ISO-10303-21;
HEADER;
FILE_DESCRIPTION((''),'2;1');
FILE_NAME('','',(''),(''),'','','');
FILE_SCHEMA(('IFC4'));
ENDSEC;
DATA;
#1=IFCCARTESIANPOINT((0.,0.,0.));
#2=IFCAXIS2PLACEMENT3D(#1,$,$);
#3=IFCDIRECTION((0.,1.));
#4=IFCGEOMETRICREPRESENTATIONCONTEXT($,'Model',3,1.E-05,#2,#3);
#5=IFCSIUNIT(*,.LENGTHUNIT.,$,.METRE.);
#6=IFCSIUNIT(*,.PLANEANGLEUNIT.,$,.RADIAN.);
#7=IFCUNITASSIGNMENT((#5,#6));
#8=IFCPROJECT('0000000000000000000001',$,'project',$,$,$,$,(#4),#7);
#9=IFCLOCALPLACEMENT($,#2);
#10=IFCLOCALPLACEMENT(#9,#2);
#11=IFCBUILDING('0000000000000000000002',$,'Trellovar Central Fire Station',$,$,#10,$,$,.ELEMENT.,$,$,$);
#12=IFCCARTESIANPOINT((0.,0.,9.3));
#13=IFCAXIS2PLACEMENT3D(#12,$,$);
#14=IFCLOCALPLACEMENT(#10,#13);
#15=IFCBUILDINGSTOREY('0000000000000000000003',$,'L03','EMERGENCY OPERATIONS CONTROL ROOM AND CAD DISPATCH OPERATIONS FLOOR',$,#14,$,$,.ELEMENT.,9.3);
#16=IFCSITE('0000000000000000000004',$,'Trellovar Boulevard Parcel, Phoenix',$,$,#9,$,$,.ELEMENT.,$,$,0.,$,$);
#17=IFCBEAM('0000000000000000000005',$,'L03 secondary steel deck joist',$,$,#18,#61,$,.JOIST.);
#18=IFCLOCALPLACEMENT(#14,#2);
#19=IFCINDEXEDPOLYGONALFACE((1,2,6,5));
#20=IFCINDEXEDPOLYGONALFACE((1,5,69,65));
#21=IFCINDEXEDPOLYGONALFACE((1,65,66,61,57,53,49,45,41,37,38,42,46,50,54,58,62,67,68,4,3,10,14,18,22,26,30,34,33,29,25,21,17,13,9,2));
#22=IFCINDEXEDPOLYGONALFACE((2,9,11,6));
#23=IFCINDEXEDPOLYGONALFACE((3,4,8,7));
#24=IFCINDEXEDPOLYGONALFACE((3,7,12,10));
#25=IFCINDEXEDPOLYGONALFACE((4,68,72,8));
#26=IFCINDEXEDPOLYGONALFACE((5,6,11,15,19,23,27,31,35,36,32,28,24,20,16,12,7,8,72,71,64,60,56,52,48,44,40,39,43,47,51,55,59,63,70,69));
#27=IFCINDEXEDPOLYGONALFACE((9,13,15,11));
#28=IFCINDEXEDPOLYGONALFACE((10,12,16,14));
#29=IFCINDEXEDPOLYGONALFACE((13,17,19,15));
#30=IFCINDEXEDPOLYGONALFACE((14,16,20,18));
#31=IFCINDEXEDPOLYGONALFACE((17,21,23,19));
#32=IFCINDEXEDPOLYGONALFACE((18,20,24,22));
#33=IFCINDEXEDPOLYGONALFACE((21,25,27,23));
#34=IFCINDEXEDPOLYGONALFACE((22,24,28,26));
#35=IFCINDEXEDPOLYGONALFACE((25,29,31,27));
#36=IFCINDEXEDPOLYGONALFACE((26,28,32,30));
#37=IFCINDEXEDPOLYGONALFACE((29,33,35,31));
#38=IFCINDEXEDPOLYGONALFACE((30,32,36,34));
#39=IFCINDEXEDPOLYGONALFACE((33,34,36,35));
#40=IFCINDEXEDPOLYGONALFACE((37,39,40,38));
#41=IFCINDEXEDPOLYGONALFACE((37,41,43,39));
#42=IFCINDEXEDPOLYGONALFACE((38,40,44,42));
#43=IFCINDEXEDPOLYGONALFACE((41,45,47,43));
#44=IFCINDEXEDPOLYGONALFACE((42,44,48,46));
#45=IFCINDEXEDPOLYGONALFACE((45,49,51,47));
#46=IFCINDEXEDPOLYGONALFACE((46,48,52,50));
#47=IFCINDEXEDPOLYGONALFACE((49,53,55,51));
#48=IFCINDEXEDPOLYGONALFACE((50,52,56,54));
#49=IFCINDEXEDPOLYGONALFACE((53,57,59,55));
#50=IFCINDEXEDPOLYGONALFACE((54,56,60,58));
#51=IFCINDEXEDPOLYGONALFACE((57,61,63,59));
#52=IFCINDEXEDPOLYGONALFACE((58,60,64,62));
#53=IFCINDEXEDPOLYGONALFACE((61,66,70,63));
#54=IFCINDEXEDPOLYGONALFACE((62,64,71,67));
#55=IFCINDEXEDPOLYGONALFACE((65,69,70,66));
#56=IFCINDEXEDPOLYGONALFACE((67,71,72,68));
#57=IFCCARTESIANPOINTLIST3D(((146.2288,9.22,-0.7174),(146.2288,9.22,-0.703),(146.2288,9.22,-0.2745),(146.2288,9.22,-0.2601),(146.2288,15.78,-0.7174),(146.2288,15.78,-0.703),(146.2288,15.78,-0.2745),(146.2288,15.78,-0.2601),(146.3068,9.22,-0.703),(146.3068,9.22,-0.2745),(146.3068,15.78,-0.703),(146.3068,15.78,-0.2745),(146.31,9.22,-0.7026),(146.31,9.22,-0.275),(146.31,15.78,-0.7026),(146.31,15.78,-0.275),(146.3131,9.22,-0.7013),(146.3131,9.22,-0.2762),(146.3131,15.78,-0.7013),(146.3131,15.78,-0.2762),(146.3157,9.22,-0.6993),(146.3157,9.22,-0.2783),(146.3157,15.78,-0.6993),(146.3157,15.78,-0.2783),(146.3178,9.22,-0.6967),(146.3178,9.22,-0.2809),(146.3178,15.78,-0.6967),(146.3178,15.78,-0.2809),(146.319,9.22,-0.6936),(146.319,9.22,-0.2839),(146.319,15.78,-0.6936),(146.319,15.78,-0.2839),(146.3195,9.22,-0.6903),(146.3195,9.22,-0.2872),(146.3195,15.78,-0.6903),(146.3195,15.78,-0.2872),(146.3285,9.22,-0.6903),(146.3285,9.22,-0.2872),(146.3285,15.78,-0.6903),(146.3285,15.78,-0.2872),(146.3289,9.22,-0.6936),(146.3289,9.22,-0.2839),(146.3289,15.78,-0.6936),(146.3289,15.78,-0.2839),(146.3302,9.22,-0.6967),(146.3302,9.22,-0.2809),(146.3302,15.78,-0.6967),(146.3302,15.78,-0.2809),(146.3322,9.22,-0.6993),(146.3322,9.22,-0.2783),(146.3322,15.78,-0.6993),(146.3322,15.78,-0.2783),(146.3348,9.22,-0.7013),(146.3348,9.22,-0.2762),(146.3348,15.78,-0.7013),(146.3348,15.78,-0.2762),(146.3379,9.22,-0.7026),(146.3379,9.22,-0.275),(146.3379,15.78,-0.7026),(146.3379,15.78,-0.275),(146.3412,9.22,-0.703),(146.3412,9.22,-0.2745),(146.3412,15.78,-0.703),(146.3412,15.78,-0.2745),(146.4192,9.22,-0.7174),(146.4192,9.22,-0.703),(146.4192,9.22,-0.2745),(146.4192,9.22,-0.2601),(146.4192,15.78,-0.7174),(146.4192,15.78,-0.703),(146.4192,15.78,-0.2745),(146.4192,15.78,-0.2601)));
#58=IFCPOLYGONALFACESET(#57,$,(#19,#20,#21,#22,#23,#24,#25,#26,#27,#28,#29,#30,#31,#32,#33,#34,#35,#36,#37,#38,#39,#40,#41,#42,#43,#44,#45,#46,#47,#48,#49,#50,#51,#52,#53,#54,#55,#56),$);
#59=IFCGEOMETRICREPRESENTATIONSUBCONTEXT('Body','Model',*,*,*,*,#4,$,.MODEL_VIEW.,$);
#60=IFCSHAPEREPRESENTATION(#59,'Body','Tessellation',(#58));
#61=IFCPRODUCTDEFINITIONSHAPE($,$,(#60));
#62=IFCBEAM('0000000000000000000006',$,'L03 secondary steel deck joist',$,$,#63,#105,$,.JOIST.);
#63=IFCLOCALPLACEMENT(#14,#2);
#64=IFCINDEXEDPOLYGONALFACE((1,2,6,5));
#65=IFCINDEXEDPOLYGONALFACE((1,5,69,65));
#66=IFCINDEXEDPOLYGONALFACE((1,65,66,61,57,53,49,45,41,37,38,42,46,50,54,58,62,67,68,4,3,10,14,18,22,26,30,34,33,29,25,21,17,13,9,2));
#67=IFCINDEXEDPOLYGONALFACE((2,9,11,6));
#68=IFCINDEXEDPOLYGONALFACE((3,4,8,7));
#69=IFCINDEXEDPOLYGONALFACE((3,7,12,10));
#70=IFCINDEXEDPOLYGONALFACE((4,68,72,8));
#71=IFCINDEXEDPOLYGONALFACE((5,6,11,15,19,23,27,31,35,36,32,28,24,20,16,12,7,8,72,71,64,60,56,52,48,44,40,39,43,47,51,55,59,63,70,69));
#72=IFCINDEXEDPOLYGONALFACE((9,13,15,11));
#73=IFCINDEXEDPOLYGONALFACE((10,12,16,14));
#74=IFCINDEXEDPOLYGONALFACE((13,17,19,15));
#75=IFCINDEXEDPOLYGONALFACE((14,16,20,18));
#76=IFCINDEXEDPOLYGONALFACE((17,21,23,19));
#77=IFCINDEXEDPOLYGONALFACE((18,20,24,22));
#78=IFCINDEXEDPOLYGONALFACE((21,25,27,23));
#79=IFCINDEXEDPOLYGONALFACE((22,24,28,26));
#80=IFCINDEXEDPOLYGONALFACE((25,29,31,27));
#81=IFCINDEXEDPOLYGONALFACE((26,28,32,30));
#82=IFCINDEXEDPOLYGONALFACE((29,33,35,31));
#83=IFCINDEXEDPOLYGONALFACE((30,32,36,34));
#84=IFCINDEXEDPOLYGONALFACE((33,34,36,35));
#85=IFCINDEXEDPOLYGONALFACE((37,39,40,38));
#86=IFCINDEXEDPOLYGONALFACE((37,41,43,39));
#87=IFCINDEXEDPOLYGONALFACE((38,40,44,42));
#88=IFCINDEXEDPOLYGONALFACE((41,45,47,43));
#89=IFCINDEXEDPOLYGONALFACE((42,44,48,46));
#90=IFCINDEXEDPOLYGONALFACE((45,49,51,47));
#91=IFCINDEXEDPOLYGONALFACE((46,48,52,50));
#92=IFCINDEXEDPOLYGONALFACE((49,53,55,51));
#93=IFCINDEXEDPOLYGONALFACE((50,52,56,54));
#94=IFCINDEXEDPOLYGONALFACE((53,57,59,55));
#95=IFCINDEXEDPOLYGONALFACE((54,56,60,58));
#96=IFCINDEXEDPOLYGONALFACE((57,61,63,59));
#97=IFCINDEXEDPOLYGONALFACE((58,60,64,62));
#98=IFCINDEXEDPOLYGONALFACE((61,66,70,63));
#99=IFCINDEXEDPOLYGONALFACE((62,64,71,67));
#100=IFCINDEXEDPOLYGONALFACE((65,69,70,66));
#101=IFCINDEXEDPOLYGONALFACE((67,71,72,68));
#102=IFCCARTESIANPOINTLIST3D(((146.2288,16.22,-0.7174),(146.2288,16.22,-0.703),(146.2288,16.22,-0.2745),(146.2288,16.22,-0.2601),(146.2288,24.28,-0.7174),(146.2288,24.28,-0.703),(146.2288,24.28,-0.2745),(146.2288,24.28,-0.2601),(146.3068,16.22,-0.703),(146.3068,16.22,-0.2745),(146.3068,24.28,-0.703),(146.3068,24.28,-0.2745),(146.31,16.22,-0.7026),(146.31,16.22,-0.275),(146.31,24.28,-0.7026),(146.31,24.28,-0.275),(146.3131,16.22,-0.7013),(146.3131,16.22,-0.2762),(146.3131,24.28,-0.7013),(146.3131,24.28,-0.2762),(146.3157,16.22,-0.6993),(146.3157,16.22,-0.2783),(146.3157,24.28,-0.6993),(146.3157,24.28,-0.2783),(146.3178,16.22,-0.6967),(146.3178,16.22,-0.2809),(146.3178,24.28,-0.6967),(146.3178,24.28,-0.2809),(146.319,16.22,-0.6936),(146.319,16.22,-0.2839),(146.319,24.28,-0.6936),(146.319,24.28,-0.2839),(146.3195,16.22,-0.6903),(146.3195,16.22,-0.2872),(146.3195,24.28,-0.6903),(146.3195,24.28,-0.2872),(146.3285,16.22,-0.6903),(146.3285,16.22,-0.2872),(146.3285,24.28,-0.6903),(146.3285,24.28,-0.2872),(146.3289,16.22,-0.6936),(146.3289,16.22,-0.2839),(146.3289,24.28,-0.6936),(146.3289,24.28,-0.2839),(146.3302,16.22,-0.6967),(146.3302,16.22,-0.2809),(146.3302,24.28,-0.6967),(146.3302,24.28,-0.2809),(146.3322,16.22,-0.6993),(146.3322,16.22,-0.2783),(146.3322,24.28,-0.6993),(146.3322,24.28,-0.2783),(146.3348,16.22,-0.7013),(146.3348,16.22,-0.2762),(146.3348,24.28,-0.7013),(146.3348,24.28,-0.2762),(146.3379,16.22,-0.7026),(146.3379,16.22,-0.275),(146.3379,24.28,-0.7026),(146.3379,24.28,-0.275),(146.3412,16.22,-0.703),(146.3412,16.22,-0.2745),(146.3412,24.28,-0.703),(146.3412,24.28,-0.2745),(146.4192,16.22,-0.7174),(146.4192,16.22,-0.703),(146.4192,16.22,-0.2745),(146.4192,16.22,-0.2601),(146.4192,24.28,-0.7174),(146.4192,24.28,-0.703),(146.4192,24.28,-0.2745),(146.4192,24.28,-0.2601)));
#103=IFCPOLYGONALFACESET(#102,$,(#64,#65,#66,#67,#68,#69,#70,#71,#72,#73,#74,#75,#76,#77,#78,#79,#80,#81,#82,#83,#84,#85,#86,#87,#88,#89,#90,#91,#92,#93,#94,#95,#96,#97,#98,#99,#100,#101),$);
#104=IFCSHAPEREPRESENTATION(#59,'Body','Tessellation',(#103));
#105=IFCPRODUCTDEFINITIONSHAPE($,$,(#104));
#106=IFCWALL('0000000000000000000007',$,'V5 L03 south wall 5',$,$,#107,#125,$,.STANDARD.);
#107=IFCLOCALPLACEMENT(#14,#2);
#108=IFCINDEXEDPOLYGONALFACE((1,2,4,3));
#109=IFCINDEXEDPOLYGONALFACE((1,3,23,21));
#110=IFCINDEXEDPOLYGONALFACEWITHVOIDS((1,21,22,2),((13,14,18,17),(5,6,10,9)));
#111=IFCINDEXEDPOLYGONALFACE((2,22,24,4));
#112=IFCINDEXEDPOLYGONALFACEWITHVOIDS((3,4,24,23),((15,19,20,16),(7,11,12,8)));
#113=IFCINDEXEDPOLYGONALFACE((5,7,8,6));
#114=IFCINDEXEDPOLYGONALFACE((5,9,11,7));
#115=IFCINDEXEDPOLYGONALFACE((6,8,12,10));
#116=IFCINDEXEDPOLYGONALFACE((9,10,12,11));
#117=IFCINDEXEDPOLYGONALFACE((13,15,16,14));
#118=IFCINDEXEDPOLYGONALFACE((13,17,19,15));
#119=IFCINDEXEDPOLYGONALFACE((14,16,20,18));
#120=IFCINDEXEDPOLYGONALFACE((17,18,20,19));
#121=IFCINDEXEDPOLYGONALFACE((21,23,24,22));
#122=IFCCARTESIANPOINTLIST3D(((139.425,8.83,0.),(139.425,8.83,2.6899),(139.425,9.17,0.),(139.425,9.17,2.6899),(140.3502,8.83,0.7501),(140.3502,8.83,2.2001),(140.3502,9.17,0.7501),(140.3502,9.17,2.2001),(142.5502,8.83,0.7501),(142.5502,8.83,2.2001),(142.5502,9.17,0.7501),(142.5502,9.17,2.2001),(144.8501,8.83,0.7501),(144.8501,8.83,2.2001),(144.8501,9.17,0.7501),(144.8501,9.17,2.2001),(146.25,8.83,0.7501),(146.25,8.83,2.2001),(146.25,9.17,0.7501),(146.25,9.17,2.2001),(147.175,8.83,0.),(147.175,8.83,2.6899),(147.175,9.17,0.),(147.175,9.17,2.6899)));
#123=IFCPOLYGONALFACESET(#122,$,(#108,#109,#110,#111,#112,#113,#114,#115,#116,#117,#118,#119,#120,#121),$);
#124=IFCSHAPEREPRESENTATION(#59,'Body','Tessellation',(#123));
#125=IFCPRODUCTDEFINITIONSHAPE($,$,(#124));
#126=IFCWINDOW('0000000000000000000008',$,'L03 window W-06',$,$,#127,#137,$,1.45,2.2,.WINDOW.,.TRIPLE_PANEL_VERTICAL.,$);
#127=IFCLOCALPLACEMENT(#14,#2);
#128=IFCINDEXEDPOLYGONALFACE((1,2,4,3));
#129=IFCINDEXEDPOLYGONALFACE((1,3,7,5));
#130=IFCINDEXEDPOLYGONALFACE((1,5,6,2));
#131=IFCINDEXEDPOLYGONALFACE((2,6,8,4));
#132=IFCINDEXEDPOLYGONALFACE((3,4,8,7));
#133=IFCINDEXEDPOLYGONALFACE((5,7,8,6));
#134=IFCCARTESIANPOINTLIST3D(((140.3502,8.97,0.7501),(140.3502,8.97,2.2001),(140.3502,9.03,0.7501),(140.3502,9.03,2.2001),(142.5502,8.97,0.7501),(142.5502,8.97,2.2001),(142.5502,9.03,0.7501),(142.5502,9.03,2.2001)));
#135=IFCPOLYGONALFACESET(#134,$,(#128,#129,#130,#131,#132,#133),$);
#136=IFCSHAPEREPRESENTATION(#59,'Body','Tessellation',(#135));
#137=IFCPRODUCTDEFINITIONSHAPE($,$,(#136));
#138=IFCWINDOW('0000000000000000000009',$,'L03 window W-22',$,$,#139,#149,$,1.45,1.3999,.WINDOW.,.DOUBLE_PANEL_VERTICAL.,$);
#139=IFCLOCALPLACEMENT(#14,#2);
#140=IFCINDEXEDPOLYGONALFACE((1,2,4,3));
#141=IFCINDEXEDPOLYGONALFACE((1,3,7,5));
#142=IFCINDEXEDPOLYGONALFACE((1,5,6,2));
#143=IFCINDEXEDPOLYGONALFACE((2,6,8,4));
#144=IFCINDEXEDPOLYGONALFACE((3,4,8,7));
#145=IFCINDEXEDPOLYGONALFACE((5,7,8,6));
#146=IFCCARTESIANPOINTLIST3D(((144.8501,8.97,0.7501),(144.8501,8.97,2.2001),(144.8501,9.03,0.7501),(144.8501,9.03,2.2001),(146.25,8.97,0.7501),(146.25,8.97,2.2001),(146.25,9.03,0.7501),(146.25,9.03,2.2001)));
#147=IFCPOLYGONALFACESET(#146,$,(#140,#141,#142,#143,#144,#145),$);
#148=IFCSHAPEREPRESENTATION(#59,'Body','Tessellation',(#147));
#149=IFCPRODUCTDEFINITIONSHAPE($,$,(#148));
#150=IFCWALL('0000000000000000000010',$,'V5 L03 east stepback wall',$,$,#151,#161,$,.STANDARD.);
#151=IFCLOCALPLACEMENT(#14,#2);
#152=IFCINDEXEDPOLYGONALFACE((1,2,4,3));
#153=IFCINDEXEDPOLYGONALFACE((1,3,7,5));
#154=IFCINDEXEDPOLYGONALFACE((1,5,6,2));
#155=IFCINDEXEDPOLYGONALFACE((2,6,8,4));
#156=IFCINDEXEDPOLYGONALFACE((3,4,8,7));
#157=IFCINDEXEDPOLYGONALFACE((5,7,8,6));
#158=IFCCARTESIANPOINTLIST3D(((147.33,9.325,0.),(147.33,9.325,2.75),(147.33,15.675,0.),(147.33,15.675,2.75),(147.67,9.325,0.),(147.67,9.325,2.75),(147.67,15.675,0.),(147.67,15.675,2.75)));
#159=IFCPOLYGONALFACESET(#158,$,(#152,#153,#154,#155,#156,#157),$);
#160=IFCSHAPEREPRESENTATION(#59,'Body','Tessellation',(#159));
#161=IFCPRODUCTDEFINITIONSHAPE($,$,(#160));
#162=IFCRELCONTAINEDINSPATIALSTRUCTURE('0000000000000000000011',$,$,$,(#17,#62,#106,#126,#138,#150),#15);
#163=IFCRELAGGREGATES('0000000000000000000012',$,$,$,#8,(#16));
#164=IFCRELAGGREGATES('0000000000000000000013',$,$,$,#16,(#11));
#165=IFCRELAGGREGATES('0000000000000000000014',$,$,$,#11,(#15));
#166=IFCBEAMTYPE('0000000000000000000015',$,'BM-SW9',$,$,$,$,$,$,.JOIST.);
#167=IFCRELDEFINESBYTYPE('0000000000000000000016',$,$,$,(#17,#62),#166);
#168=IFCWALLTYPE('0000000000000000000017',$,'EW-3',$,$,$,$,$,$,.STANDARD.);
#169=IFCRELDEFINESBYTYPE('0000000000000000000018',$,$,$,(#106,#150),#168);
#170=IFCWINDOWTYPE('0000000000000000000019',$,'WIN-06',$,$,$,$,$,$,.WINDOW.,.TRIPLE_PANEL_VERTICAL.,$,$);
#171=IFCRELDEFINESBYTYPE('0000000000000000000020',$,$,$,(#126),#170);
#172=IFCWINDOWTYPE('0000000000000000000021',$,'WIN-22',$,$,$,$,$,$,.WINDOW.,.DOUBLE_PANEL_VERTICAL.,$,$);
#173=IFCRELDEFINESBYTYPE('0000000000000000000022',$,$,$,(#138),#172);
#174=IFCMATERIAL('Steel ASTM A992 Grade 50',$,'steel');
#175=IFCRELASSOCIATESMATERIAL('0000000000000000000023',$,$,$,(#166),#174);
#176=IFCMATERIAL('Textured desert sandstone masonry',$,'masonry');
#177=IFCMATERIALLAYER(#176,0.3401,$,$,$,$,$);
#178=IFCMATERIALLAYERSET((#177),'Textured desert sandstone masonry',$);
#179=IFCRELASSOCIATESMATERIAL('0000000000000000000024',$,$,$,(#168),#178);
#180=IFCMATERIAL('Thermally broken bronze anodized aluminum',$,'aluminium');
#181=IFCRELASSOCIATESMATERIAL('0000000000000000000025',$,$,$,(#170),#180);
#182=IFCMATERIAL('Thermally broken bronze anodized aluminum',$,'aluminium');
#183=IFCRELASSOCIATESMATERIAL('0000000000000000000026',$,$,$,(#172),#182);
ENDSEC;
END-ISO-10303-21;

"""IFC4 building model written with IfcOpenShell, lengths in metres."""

from ifc_helpers import new_model, si_unit, direction, frame, frame_2d, origin, origin_2d, place, context, subcontext, project, spatial, rectangle, i_section, extrude, material, layer, layer_set, material_profile, profile_set, type_object, element, fill, save


model = new_model("IFC4")

# Units and contexts
model_context = context("Model", 3, precision=1e-05, world=origin(), true_north=direction((0.0, 1.0)))
body_context = subcontext(model_context, "Body", "Model", "MODEL_VIEW")
ifc_project = project(units=[si_unit("LENGTHUNIT", "METRE"), si_unit("PLANEANGLEUNIT", "RADIAN")], contexts=[model_context])

# Site, building, storey
site_placement = place(None, origin())
site = spatial("IfcSite", under=ifc_project, at=site_placement, Name="Trellovar Boulevard Parcel, Phoenix", CompositionType="ELEMENT", RefElevation=0.0)
building_placement = place(site_placement, origin())
building = spatial("IfcBuilding", under=site, at=building_placement, Name="Trellovar Central Fire Station", CompositionType="ELEMENT")
storey_placement = place(building_placement, frame((0.0, 0.0, 9.3)))
storey = spatial("IfcBuildingStorey", under=building, at=storey_placement, Name="L03", Description="EMERGENCY OPERATIONS CONTROL ROOM AND CAD DISPATCH OPERATIONS FLOOR", CompositionType="ELEMENT", Elevation=9.3)

# Beams
ifc_material_1 = material(Name="Steel ASTM A992 Grade 50", Category="steel")
ifc_material_profile_1 = material_profile(ifc_material_1, i_section(OverallWidth=0.1904, OverallDepth=0.4573, WebThickness=0.009, FlangeThickness=0.0144, FilletRadius=0.0127, at=origin_2d()), Name="W18X50")
ifc_profile_set_1 = profile_set([ifc_material_profile_1], Name="Steel ASTM A992 Grade 50")
beam_type_1 = type_object("IfcBeamType", Name="BM-SW9", PredefinedType="JOIST", material=ifc_profile_set_1)
beam_1_placement = place(storey_placement, frame((146.324, 9.22, -0.4888), z_axis=(0.0, 1.0, 0.0), x_axis=(-1.0, 0.0, 0.0)))
element("IfcBeam", 1, at=beam_1_placement, inside=storey, type_object=beam_type_1, Name="L03 secondary steel deck joist", PredefinedType="JOIST", context=body_context, shape_type="SweptSolid", body=[
    extrude(i_section(OverallWidth=0.1904, OverallDepth=0.4573, WebThickness=0.009, FlangeThickness=0.0144, FilletRadius=0.0127, at=origin_2d()), origin(), (0.0, 0.0, 1.0), 6.5601),
])
beam_2_placement = place(storey_placement, frame((146.324, 16.22, -0.4888), z_axis=(0.0, 1.0, 0.0), x_axis=(-1.0, 0.0, 0.0)))
element("IfcBeam", 2, at=beam_2_placement, inside=storey, type_object=beam_type_1, Name="L03 secondary steel deck joist", PredefinedType="JOIST", context=body_context, shape_type="SweptSolid", body=[
    extrude(i_section(OverallWidth=0.1904, OverallDepth=0.4573, WebThickness=0.009, FlangeThickness=0.0144, FilletRadius=0.0127, at=origin_2d()), origin(), (0.0, 0.0, 1.0), 8.0601),
])

# Wall, openings, windows
ifc_material_2 = material(Name="Textured desert sandstone masonry", Category="masonry")
ifc_layer_1 = layer(ifc_material_2, 0.3401)
ifc_layer_set_1 = layer_set([ifc_layer_1], Name="Textured desert sandstone masonry")
wall_type_1 = type_object("IfcWallType", Name="EW-3", PredefinedType="STANDARD", material=ifc_layer_set_1)
wall_1_placement = place(storey_placement, frame((139.425, 9.0, 0.0), z_axis=(0.0, 0.0, 1.0), x_axis=(1.0, 0.0, 0.0)))
wall_1 = element("IfcWall", 3, at=wall_1_placement, inside=storey, type_object=wall_type_1, Name="V5 L03 south wall 5", PredefinedType="STANDARD", context=body_context, shape_type="SweptSolid", body=[
    extrude(rectangle(XDim=7.75, YDim=0.3401, at=frame_2d((3.875, 0.0))), origin(), (0.0, 0.0, 1.0), 2.6899),
])
opening_1_placement = place(wall_1_placement, frame((0.925, 0.0, 0.75)))
opening_1 = element("IfcOpeningElement", 4, at=opening_1_placement, cuts=wall_1, PredefinedType="OPENING", context=body_context, shape_type="SweptSolid", body=[
    extrude(rectangle(XDim=2.2, YDim=1.45, at=frame_2d((1.1001, 0.7251))), frame((0.0, 0.1799, 0.0), z_axis=(0.0, -1.0, 0.0), x_axis=(1.0, 0.0, 0.0)), (0.0, 0.0, 1.0), 0.3601),
])
opening_2_placement = place(wall_1_placement, frame((5.425, 0.0, 0.75)))
opening_2 = element("IfcOpeningElement", 5, at=opening_2_placement, cuts=wall_1, PredefinedType="OPENING", context=body_context, shape_type="SweptSolid", body=[
    extrude(rectangle(XDim=1.3999, YDim=1.45, at=frame_2d((0.7, 0.7251))), frame((0.0, 0.1799, 0.0), z_axis=(0.0, -1.0, 0.0), x_axis=(1.0, 0.0, 0.0)), (0.0, 0.0, 1.0), 0.3601),
])
ifc_material_3 = material(Name="Thermally broken bronze anodized aluminum", Category="aluminium")
window_type_1 = type_object("IfcWindowType", Name="WIN-06", PartitioningType="TRIPLE_PANEL_VERTICAL", PredefinedType="WINDOW", material=ifc_material_3)
window_1_placement = place(opening_1_placement, origin())
window_1 = element("IfcWindow", 6, at=window_1_placement, inside=storey, type_object=window_type_1, Name="L03 window W-06", OverallHeight=1.45, OverallWidth=2.2, PartitioningType="TRIPLE_PANEL_VERTICAL", PredefinedType="WINDOW", context=body_context, shape_type="SweptSolid", body=[
    extrude(rectangle(XDim=2.2, YDim=1.45, at=frame_2d((1.1001, 0.7251))), frame((0.0, 0.03, 0.0), z_axis=(0.0, -1.0, 0.0), x_axis=(1.0, 0.0, 0.0)), (0.0, 0.0, 1.0), 0.0601),
])
fill(opening_1, window_1)
ifc_material_4 = material(Name="Thermally broken bronze anodized aluminum", Category="aluminium")
window_type_2 = type_object("IfcWindowType", Name="WIN-22", PartitioningType="DOUBLE_PANEL_VERTICAL", PredefinedType="WINDOW", material=ifc_material_4)
window_2_placement = place(opening_2_placement, origin())
window_2 = element("IfcWindow", 7, at=window_2_placement, inside=storey, type_object=window_type_2, Name="L03 window W-22", OverallHeight=1.45, OverallWidth=1.3999, PartitioningType="DOUBLE_PANEL_VERTICAL", PredefinedType="WINDOW", context=body_context, shape_type="SweptSolid", body=[
    extrude(rectangle(XDim=1.3999, YDim=1.45, at=frame_2d((0.7, 0.7251))), frame((0.0, 0.03, 0.0), z_axis=(0.0, -1.0, 0.0), x_axis=(1.0, 0.0, 0.0)), (0.0, 0.0, 1.0), 0.0601),
])
fill(opening_2, window_2)

# Wall
wall_2_placement = place(storey_placement, frame((147.5, 9.325, 0.0), z_axis=(0.0, 0.0, 1.0), x_axis=(0.0, 1.0, 0.0)))
element("IfcWall", 8, at=wall_2_placement, inside=storey, type_object=wall_type_1, Name="V5 L03 east stepback wall", PredefinedType="STANDARD", context=body_context, shape_type="SweptSolid", body=[
    extrude(rectangle(XDim=6.3501, YDim=0.3401, at=frame_2d((3.175, 0.0))), origin(), (0.0, 0.0, 1.0), 2.75),
])

save(model, "model.ifc")
